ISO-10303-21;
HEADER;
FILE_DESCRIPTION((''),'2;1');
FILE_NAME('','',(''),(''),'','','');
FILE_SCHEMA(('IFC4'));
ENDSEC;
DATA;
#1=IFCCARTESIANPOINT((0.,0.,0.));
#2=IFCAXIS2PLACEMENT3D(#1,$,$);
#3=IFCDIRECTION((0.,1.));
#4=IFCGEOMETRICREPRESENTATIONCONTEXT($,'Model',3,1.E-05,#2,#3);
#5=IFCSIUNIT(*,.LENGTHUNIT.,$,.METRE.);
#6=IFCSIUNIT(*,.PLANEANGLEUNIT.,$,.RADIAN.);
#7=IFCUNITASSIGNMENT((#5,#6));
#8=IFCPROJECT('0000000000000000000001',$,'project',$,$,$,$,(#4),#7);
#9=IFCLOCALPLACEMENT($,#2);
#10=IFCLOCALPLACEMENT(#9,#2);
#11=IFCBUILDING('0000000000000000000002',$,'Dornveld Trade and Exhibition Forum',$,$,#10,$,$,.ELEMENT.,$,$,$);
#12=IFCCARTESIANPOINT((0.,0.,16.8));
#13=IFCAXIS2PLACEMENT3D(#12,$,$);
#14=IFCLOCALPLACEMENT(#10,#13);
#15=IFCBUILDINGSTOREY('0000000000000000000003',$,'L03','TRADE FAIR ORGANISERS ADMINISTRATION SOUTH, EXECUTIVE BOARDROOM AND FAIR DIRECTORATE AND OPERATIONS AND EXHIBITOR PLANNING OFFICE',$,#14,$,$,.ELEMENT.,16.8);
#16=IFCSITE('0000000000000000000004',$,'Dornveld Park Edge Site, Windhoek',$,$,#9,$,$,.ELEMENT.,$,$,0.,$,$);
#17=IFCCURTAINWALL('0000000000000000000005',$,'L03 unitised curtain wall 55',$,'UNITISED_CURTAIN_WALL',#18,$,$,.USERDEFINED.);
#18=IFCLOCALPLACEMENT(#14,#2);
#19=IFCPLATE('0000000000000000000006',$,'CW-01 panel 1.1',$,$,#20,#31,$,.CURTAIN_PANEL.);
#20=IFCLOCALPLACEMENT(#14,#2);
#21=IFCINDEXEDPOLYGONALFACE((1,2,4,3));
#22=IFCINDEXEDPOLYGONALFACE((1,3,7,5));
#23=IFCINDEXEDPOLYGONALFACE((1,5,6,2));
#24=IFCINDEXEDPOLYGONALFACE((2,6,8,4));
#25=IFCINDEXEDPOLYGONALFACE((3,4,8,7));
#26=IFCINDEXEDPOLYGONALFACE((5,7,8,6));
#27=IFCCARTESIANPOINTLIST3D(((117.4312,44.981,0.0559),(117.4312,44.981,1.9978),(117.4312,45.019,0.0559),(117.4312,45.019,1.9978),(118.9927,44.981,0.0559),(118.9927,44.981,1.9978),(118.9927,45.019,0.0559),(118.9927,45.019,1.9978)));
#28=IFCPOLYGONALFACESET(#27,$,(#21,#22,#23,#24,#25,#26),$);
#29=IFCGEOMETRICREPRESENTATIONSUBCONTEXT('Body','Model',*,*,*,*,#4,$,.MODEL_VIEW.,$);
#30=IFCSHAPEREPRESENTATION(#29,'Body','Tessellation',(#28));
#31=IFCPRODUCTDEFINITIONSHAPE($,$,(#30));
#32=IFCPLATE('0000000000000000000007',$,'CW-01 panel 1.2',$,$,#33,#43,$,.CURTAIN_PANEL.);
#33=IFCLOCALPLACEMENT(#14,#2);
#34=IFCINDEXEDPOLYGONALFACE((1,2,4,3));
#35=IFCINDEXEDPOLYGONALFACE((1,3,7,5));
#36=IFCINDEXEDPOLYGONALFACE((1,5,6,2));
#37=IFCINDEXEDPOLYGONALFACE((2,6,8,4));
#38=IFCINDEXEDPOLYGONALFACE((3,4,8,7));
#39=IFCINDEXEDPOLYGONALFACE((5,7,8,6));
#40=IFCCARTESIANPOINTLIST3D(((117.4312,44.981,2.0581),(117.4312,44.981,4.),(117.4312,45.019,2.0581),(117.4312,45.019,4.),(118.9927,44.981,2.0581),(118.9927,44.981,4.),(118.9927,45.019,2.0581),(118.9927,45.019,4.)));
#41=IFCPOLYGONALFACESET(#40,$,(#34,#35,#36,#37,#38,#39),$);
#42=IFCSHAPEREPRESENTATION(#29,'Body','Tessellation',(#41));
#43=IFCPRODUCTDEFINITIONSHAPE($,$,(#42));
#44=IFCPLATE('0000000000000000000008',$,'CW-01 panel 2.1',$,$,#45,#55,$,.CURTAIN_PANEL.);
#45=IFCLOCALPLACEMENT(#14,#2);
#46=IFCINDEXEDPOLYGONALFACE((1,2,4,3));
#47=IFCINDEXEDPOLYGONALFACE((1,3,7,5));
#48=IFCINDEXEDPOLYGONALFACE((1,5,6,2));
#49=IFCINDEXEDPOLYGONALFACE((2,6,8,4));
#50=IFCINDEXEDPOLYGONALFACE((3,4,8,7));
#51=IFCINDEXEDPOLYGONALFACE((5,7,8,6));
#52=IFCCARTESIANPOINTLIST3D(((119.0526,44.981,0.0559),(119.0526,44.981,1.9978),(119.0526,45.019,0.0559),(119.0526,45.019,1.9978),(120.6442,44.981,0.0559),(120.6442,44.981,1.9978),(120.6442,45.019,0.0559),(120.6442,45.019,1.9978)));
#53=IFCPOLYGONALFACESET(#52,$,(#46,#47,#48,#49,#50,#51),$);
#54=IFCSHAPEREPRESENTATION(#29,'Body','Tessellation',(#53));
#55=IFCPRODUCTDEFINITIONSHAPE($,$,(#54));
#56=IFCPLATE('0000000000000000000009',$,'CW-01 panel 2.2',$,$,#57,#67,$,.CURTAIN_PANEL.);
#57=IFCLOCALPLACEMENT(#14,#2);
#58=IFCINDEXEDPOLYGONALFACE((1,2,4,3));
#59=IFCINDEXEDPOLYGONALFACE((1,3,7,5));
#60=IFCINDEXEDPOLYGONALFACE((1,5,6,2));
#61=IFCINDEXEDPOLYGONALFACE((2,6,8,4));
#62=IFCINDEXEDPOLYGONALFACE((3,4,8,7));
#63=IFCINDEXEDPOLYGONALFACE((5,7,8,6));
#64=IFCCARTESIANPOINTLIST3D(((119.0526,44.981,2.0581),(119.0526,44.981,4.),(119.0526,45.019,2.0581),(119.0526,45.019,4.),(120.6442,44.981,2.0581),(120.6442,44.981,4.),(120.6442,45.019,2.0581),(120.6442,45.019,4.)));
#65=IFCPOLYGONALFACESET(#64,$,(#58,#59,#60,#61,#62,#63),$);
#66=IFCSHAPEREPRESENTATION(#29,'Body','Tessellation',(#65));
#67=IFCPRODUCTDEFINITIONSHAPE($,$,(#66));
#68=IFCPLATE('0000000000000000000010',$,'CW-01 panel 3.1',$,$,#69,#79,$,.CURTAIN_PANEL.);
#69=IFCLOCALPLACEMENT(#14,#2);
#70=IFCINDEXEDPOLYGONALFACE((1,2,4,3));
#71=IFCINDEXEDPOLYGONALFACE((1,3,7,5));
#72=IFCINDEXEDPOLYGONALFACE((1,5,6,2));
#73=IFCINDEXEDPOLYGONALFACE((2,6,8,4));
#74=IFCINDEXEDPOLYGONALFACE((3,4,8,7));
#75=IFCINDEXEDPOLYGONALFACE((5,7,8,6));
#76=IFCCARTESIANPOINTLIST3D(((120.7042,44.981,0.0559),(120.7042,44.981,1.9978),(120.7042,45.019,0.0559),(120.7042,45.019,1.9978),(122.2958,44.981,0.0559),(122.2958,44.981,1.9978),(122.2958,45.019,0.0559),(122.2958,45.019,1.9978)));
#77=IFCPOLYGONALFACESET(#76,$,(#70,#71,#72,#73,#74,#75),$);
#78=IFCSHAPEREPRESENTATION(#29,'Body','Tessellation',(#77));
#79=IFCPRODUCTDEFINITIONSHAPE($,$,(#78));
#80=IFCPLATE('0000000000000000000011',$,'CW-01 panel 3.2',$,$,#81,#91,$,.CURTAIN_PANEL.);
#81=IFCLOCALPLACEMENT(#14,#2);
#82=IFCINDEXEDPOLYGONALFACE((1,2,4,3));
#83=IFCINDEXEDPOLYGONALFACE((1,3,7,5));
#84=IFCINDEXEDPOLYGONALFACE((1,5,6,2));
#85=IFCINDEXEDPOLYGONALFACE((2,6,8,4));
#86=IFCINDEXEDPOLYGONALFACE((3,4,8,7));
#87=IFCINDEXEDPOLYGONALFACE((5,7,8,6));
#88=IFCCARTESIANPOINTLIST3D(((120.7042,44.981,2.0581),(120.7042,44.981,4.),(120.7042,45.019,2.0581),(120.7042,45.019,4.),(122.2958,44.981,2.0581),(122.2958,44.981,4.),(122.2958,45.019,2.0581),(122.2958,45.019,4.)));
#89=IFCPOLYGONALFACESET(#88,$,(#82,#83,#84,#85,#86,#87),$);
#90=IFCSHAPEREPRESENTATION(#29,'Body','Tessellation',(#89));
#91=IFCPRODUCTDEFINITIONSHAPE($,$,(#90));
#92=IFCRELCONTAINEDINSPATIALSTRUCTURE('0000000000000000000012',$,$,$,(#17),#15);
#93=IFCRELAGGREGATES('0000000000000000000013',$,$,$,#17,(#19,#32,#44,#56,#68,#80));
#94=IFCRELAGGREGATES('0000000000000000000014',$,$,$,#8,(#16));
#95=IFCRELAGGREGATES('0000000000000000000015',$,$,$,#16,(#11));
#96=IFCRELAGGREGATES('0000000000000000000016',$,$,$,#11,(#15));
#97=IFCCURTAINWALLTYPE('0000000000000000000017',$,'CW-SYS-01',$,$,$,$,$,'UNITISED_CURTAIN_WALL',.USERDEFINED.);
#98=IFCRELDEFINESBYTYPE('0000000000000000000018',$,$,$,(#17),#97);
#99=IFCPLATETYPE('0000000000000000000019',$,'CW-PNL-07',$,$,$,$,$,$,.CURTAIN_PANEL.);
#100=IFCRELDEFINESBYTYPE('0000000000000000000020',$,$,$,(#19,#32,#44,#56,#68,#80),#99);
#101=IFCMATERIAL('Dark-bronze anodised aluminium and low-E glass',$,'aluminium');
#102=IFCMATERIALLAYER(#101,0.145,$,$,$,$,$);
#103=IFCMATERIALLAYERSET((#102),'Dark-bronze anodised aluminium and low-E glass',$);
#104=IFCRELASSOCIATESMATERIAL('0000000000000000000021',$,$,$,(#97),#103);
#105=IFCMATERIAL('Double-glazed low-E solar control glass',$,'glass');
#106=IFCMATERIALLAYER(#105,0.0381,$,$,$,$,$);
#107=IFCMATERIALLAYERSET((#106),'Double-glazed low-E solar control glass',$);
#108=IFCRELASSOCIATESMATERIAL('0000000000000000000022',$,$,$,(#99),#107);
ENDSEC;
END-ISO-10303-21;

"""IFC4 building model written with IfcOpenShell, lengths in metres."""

from ifc_helpers import new_model, si_unit, direction, frame, origin, origin_2d, place, context, subcontext, project, spatial, rectangle, extrude, material, layer, layer_set, type_object, element, aggregate, save


model = new_model("IFC4")

# Units and contexts
model_context = context("Model", 3, precision=1e-05, world=origin(), true_north=direction((0.0, 1.0)))
body_context = subcontext(model_context, "Body", "Model", "MODEL_VIEW")
ifc_project = project(units=[si_unit("LENGTHUNIT", "METRE"), si_unit("PLANEANGLEUNIT", "RADIAN")], contexts=[model_context])

# Site, building, storey
site_placement = place(None, origin())
site = spatial("IfcSite", under=ifc_project, at=site_placement, Name="Dornveld Park Edge Site, Windhoek", CompositionType="ELEMENT", RefElevation=0.0)
building_placement = place(site_placement, origin())
building = spatial("IfcBuilding", under=site, at=building_placement, Name="Dornveld Trade and Exhibition Forum", CompositionType="ELEMENT")
storey_placement = place(building_placement, frame((0.0, 0.0, 16.8)))
storey = spatial("IfcBuildingStorey", under=building, at=storey_placement, Name="L03", Description="TRADE FAIR ORGANISERS ADMINISTRATION SOUTH, EXECUTIVE BOARDROOM AND FAIR DIRECTORATE AND OPERATIONS AND EXHIBITOR PLANNING OFFICE", CompositionType="ELEMENT", Elevation=16.8)

# Curtain wall, plates
ifc_material_1 = material(Name="Dark-bronze anodised aluminium and low-E glass", Category="aluminium")
ifc_layer_1 = layer(ifc_material_1, 0.145)
ifc_layer_set_1 = layer_set([ifc_layer_1], Name="Dark-bronze anodised aluminium and low-E glass")
curtain_wall_type = type_object("IfcCurtainWallType", Name="CW-SYS-01", ElementType="UNITISED_CURTAIN_WALL", PredefinedType="USERDEFINED", material=ifc_layer_set_1)
curtain_wall_placement = place(storey_placement, origin())
curtain_wall = element("IfcCurtainWall", 1, at=curtain_wall_placement, inside=storey, type_object=curtain_wall_type, Name="L03 unitised curtain wall 55", ObjectType="UNITISED_CURTAIN_WALL", PredefinedType="USERDEFINED")
ifc_material_2 = material(Name="Double-glazed low-E solar control glass", Category="glass")
ifc_layer_2 = layer(ifc_material_2, 0.0381)
ifc_layer_set_2 = layer_set([ifc_layer_2], Name="Double-glazed low-E solar control glass")
plate_type = type_object("IfcPlateType", Name="CW-PNL-07", PredefinedType="CURTAIN_PANEL", material=ifc_layer_set_2)
plate_1_placement = place(storey_placement, frame((118.2119, 45.0, 0.0559), z_axis=(0.0, 0.0, 1.0), x_axis=(1.0, 0.0, 0.0)))
plate_1 = element("IfcPlate", 2, at=plate_1_placement, type_object=plate_type, Name="CW-01 panel 1.1", PredefinedType="CURTAIN_PANEL", context=body_context, shape_type="SweptSolid", body=[
    extrude(rectangle(XDim=1.5615, YDim=0.0381, at=origin_2d()), origin(), (0.0, 0.0, 1.0), 1.9419),
])
plate_2_placement = place(storey_placement, frame((118.2119, 45.0, 2.0581), z_axis=(0.0, 0.0, 1.0), x_axis=(1.0, 0.0, 0.0)))
plate_2 = element("IfcPlate", 3, at=plate_2_placement, type_object=plate_type, Name="CW-01 panel 1.2", PredefinedType="CURTAIN_PANEL", context=body_context, shape_type="SweptSolid", body=[
    extrude(rectangle(XDim=1.5615, YDim=0.0381, at=origin_2d()), origin(), (0.0, 0.0, 1.0), 1.9419),
])
plate_3_placement = place(storey_placement, frame((119.8484, 45.0, 0.0559), z_axis=(0.0, 0.0, 1.0), x_axis=(1.0, 0.0, 0.0)))
plate_3 = element("IfcPlate", 4, at=plate_3_placement, type_object=plate_type, Name="CW-01 panel 2.1", PredefinedType="CURTAIN_PANEL", context=body_context, shape_type="SweptSolid", body=[
    extrude(rectangle(XDim=1.5916, YDim=0.0381, at=origin_2d()), origin(), (0.0, 0.0, 1.0), 1.9419),
])
plate_4_placement = place(storey_placement, frame((119.8484, 45.0, 2.0581), z_axis=(0.0, 0.0, 1.0), x_axis=(1.0, 0.0, 0.0)))
plate_4 = element("IfcPlate", 5, at=plate_4_placement, type_object=plate_type, Name="CW-01 panel 2.2", PredefinedType="CURTAIN_PANEL", context=body_context, shape_type="SweptSolid", body=[
    extrude(rectangle(XDim=1.5916, YDim=0.0381, at=origin_2d()), origin(), (0.0, 0.0, 1.0), 1.9419),
])
plate_5_placement = place(storey_placement, frame((121.5, 45.0, 0.0559), z_axis=(0.0, 0.0, 1.0), x_axis=(1.0, 0.0, 0.0)))
plate_5 = element("IfcPlate", 6, at=plate_5_placement, type_object=plate_type, Name="CW-01 panel 3.1", PredefinedType="CURTAIN_PANEL", context=body_context, shape_type="SweptSolid", body=[
    extrude(rectangle(XDim=1.5916, YDim=0.0381, at=origin_2d()), origin(), (0.0, 0.0, 1.0), 1.9419),
])
plate_6_placement = place(storey_placement, frame((121.5, 45.0, 2.0581), z_axis=(0.0, 0.0, 1.0), x_axis=(1.0, 0.0, 0.0)))
plate_6 = element("IfcPlate", 7, at=plate_6_placement, type_object=plate_type, Name="CW-01 panel 3.2", PredefinedType="CURTAIN_PANEL", context=body_context, shape_type="SweptSolid", body=[
    extrude(rectangle(XDim=1.5916, YDim=0.0381, at=origin_2d()), origin(), (0.0, 0.0, 1.0), 1.9419),
])
aggregate(curtain_wall, [plate_1, plate_2, plate_3, plate_4, plate_5, plate_6])

save(model, "model.ifc")
